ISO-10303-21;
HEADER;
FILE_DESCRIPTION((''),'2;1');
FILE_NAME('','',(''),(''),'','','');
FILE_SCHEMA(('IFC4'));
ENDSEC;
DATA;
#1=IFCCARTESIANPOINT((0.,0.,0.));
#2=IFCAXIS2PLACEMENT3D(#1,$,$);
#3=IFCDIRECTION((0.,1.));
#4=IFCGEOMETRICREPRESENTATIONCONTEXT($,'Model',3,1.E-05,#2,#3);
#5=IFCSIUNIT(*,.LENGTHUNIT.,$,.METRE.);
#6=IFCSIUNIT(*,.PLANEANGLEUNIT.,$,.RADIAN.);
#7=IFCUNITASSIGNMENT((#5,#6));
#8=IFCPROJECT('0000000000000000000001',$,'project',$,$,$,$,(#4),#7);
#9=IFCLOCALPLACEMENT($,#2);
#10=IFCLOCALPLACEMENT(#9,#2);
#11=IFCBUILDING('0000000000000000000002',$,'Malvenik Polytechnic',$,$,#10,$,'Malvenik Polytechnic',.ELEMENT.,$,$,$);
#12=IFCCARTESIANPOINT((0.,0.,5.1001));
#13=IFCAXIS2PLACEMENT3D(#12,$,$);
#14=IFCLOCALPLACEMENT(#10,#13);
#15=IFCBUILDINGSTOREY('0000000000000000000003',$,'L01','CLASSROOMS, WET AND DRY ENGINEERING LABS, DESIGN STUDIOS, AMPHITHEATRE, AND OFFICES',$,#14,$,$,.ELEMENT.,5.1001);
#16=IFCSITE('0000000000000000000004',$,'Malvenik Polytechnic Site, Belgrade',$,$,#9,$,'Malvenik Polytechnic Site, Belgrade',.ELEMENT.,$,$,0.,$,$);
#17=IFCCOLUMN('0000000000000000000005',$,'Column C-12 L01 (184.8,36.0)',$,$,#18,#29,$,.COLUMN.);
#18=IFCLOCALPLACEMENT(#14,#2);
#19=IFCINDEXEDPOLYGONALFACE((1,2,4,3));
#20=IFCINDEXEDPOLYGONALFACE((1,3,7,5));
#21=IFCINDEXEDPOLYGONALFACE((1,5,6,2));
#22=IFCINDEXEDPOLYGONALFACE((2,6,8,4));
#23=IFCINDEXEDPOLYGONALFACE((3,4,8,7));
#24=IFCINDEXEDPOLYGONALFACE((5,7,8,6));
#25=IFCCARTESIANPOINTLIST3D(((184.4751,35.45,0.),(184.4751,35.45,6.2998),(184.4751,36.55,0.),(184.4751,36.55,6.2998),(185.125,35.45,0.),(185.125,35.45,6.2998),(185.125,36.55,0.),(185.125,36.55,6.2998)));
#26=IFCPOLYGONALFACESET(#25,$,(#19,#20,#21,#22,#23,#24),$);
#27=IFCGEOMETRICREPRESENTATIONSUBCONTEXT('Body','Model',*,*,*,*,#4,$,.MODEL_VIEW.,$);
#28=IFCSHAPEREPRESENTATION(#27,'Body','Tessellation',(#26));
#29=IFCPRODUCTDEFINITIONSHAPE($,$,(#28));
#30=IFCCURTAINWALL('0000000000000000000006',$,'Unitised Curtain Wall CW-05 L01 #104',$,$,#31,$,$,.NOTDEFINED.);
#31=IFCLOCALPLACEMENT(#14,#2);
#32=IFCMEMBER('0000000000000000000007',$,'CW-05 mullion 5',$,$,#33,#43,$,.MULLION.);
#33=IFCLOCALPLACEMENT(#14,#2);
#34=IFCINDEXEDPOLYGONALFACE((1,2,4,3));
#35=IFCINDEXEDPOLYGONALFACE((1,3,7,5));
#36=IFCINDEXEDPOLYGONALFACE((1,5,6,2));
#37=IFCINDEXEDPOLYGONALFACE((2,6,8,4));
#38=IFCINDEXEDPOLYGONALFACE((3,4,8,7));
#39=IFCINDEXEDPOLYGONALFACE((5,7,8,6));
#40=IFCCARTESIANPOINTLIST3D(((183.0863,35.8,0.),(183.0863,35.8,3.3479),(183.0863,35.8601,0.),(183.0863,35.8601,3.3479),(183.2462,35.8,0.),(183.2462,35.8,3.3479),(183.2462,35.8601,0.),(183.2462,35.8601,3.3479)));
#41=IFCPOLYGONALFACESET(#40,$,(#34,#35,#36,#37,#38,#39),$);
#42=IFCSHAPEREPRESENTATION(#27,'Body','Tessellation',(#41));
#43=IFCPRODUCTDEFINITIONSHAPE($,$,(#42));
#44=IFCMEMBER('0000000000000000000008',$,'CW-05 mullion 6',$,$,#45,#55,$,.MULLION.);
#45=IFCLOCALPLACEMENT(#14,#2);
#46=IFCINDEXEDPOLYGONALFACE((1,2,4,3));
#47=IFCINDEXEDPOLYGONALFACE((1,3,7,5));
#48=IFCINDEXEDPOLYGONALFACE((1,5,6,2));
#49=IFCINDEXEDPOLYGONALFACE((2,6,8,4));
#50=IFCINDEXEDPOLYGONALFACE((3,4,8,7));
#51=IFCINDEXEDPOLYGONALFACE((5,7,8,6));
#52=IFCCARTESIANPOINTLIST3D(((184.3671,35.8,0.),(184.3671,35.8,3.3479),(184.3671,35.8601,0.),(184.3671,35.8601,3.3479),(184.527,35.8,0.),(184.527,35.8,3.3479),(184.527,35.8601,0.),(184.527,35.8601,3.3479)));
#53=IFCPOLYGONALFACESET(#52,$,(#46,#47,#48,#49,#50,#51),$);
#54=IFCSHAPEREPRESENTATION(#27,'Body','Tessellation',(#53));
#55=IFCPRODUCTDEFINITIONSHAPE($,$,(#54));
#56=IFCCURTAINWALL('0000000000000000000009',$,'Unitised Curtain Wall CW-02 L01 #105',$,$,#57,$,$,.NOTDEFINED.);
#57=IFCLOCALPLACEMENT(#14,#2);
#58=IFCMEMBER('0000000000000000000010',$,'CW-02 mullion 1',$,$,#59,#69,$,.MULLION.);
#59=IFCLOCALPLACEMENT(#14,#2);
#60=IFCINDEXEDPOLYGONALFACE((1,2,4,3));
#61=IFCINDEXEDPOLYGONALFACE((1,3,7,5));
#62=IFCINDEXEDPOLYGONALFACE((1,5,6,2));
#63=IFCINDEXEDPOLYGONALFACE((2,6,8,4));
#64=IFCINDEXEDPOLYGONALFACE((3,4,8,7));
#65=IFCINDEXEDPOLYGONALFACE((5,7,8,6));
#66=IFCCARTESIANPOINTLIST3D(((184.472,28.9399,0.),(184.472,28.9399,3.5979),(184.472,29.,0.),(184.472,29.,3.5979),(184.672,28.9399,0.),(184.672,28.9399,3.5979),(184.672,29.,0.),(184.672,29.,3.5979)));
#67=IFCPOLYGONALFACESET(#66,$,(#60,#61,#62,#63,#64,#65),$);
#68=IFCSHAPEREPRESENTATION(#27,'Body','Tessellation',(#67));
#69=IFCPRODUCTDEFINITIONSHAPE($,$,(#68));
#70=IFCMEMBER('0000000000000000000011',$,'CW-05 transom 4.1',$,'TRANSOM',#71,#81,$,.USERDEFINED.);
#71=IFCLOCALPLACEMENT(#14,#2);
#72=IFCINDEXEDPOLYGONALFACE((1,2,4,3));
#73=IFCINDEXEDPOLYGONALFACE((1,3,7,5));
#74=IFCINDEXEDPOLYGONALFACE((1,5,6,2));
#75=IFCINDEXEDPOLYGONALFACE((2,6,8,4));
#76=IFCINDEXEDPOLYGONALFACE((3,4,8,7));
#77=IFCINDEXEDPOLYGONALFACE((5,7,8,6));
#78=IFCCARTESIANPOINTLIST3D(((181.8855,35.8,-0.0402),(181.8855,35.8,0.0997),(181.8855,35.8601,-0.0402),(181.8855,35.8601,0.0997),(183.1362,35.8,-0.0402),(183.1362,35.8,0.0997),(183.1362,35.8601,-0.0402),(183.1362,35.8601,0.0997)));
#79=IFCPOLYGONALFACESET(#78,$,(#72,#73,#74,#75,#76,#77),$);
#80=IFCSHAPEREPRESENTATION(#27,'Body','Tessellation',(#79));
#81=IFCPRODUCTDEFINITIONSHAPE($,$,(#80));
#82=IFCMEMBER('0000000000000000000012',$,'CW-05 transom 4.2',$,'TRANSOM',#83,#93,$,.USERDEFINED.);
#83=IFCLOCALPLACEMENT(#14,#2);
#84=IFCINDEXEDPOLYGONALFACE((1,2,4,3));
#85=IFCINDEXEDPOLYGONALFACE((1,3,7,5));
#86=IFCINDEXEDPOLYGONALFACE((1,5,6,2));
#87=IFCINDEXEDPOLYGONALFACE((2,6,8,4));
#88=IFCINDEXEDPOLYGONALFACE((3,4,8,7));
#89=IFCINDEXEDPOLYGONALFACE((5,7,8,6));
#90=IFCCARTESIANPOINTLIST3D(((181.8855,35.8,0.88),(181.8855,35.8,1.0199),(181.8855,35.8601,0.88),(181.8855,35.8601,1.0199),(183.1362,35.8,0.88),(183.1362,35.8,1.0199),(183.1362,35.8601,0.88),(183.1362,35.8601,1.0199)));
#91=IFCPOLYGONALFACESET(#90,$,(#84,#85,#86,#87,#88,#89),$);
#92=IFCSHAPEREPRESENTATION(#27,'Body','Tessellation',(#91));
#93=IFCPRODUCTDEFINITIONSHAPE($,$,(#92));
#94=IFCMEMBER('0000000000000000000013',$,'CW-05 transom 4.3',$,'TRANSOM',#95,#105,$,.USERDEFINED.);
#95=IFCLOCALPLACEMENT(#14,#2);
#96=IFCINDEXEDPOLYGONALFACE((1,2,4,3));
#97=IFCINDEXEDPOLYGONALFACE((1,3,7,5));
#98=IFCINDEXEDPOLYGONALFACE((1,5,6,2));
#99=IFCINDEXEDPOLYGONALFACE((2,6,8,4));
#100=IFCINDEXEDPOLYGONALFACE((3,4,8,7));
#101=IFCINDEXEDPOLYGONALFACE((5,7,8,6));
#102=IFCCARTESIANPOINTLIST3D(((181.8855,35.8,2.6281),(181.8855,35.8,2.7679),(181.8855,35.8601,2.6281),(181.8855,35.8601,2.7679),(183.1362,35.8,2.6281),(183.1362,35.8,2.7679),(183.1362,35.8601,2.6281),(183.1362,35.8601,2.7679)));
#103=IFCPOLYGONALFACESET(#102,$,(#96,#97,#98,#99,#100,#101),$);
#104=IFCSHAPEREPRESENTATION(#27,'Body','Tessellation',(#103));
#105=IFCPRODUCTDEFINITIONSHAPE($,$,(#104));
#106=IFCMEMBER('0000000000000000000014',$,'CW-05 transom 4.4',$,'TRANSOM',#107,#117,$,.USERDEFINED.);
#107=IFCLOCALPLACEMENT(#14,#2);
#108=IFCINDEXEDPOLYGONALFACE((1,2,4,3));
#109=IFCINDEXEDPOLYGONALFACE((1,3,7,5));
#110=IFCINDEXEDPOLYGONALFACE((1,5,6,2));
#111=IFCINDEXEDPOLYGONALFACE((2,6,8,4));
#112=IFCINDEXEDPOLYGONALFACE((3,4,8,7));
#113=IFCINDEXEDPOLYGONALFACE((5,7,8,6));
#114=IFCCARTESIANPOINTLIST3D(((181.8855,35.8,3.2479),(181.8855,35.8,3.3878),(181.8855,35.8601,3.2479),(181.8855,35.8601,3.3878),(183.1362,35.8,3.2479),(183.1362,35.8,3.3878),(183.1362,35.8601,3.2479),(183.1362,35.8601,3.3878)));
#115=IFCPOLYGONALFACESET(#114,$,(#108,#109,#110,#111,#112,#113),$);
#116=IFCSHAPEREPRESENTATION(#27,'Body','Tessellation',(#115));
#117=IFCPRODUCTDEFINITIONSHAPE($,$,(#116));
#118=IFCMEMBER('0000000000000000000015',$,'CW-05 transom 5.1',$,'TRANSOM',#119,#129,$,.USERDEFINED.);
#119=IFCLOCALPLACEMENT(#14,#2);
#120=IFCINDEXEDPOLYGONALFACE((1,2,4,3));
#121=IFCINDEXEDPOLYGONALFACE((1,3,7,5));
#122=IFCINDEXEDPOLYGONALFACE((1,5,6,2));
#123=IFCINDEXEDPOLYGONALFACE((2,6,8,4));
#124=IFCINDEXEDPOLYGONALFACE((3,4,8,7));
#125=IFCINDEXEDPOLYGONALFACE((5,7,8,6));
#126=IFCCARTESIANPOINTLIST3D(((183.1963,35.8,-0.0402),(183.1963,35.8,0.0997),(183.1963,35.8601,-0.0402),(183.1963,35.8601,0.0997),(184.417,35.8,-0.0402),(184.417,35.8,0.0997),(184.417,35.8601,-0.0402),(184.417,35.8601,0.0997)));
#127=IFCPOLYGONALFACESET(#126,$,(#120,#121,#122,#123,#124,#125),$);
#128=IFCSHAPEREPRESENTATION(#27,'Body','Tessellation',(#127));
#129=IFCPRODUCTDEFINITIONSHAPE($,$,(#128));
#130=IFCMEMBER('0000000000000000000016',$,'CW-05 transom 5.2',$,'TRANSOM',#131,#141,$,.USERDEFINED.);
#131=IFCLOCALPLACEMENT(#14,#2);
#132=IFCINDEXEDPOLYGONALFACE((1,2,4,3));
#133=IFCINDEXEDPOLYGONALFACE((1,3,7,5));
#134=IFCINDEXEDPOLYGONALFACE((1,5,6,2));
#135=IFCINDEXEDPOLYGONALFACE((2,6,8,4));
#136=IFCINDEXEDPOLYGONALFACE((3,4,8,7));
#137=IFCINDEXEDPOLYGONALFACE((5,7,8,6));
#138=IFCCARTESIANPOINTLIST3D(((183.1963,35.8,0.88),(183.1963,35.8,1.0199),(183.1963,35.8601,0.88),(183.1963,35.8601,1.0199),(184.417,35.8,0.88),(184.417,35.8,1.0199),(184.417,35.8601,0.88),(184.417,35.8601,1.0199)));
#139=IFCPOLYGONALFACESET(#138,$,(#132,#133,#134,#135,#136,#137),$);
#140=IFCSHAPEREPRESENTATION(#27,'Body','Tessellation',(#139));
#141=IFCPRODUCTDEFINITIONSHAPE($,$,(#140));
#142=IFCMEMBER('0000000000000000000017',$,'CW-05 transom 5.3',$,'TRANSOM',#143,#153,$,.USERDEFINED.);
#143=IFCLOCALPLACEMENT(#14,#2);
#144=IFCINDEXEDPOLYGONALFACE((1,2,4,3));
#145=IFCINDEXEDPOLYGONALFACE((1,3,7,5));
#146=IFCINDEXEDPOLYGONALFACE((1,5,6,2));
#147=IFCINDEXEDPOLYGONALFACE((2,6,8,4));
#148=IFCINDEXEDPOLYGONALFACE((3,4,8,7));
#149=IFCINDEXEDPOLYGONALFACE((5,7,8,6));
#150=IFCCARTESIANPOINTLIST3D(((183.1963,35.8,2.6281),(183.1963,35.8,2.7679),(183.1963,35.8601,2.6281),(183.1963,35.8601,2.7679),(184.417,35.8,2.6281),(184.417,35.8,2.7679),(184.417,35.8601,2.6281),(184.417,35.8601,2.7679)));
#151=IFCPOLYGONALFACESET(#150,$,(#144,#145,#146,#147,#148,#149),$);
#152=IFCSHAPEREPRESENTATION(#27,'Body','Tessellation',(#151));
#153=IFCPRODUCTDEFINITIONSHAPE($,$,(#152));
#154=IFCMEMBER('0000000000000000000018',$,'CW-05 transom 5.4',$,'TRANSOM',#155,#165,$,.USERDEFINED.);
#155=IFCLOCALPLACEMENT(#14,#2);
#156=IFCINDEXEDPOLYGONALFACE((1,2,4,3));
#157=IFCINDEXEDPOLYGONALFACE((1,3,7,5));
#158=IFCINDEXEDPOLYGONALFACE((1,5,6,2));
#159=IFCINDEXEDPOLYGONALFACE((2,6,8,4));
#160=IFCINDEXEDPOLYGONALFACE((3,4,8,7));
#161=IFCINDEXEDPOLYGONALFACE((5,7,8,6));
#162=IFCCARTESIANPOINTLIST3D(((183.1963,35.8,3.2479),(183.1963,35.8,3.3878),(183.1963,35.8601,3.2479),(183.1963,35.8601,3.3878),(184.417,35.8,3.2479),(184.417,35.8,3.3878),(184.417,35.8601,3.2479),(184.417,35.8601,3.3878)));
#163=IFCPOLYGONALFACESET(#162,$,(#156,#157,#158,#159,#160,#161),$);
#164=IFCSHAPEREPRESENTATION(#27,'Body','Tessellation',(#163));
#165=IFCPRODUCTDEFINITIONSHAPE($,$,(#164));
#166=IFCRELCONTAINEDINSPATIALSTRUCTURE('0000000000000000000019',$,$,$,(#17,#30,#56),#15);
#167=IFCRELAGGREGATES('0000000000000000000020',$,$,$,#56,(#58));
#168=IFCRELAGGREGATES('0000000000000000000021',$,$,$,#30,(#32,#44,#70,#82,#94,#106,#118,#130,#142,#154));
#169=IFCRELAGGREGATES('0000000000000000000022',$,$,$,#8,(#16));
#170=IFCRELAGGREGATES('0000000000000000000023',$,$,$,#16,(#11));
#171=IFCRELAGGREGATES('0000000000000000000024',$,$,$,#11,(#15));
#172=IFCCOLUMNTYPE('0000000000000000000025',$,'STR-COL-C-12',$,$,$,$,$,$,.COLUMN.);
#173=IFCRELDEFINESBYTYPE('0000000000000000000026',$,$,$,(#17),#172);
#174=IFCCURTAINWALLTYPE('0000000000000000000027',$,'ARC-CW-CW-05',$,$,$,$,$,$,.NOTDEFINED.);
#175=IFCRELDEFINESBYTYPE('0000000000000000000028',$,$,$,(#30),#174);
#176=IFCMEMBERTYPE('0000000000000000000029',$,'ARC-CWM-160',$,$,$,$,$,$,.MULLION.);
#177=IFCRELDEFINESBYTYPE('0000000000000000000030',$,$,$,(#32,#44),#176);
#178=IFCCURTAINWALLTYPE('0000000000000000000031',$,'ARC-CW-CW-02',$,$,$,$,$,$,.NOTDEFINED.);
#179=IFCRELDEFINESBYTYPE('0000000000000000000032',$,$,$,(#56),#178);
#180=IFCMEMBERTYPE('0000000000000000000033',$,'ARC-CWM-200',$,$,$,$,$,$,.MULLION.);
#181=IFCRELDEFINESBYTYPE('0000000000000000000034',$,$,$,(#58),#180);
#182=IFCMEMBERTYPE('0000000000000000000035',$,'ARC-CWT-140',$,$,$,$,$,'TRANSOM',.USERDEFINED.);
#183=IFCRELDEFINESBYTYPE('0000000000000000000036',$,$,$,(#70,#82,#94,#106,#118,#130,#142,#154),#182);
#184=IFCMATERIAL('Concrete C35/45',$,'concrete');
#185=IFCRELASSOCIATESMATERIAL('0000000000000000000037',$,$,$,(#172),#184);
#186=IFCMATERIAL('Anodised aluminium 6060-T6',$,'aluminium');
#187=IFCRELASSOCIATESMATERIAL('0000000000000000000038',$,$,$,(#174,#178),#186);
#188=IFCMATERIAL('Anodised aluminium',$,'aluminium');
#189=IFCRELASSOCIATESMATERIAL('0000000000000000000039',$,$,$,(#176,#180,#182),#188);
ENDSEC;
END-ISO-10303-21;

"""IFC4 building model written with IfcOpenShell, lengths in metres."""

from ifc_helpers import new_model, si_unit, direction, frame, origin, origin_2d, place, context, subcontext, project, spatial, rectangle, extrude, material, material_profile, profile_set, type_object, element, aggregate, save


model = new_model("IFC4")

# Units and contexts
model_context = context("Model", 3, precision=1e-05, world=origin(), true_north=direction((0.0, 1.0)))
body_context = subcontext(model_context, "Body", "Model", "MODEL_VIEW")
ifc_project = project(units=[si_unit("LENGTHUNIT", "METRE"), si_unit("PLANEANGLEUNIT", "RADIAN")], contexts=[model_context])

# Site, building, storey
site_placement = place(None, origin())
site = spatial("IfcSite", under=ifc_project, at=site_placement, Name="Malvenik Polytechnic Site, Belgrade", LongName="Malvenik Polytechnic Site, Belgrade", CompositionType="ELEMENT", RefElevation=0.0)
building_placement = place(site_placement, origin())
building = spatial("IfcBuilding", under=site, at=building_placement, Name="Malvenik Polytechnic", LongName="Malvenik Polytechnic", CompositionType="ELEMENT")
storey_placement = place(building_placement, frame((0.0, 0.0, 5.1001)))
storey = spatial("IfcBuildingStorey", under=building, at=storey_placement, Name="L01", Description="CLASSROOMS, WET AND DRY ENGINEERING LABS, DESIGN STUDIOS, AMPHITHEATRE, AND OFFICES", CompositionType="ELEMENT", Elevation=5.1001)

# Column
ifc_material_1 = material(Name="Concrete C35/45", Category="concrete")
ifc_material_profile_1 = material_profile(ifc_material_1, rectangle(XDim=0.6499, YDim=1.1001, at=origin_2d()), Name="RC COL 1100x650")
ifc_profile_set_1 = profile_set([ifc_material_profile_1], Name="Concrete C35/45")
column_type = type_object("IfcColumnType", Name="STR-COL-C-12", PredefinedType="COLUMN", material=ifc_profile_set_1)
column_placement = place(storey_placement, frame((184.8, 36.0, 0.0), z_axis=(0.0, 0.0, 1.0), x_axis=(1.0, 0.0, 0.0)))
element("IfcColumn", 1, at=column_placement, inside=storey, type_object=column_type, Name="Column C-12 L01 (184.8,36.0)", PredefinedType="COLUMN", context=body_context, shape_type="SweptSolid", body=[
    extrude(rectangle(XDim=0.6499, YDim=1.1001, at=origin_2d()), origin(), (0.0, 0.0, 1.0), 6.2998),
])

# Curtain wall, members
ifc_material_2 = material(Name="Anodised aluminium 6060-T6", Category="aluminium")
curtain_wall_type_1 = type_object("IfcCurtainWallType", Name="ARC-CW-CW-05", PredefinedType="NOTDEFINED", material=ifc_material_2)
curtain_wall_1_placement = place(storey_placement, origin())
curtain_wall_1 = element("IfcCurtainWall", 2, at=curtain_wall_1_placement, inside=storey, type_object=curtain_wall_type_1, Name="Unitised Curtain Wall CW-05 L01 #104", PredefinedType="NOTDEFINED")
ifc_material_3 = material(Name="Anodised aluminium", Category="aluminium")
ifc_material_profile_2 = material_profile(ifc_material_3, rectangle(XDim=0.0601, YDim=0.1599, at=origin_2d()), Name="ALU MULLION 60x160")
ifc_profile_set_2 = profile_set([ifc_material_profile_2], Name="Anodised aluminium")
member_type_1 = type_object("IfcMemberType", Name="ARC-CWM-160", PredefinedType="MULLION", material=ifc_profile_set_2)
member_1_placement = place(storey_placement, frame((183.1663, 35.8301, 0.0), z_axis=(0.0, 0.0, 1.0), x_axis=(0.0, 1.0, 0.0)))
member_1 = element("IfcMember", 3, at=member_1_placement, type_object=member_type_1, Name="CW-05 mullion 5", PredefinedType="MULLION", context=body_context, shape_type="SweptSolid", body=[
    extrude(rectangle(XDim=0.0601, YDim=0.1599, at=origin_2d()), origin(), (0.0, 0.0, 1.0), 3.3479),
])
member_2_placement = place(storey_placement, frame((184.447, 35.8301, 0.0), z_axis=(0.0, 0.0, 1.0), x_axis=(0.0, 1.0, 0.0)))
member_2 = element("IfcMember", 4, at=member_2_placement, type_object=member_type_1, Name="CW-05 mullion 6", PredefinedType="MULLION", context=body_context, shape_type="SweptSolid", body=[
    extrude(rectangle(XDim=0.0601, YDim=0.1599, at=origin_2d()), origin(), (0.0, 0.0, 1.0), 3.3479),
])

# Curtain wall, member
curtain_wall_type_2 = type_object("IfcCurtainWallType", Name="ARC-CW-CW-02", PredefinedType="NOTDEFINED", material=ifc_material_2)
curtain_wall_2_placement = place(storey_placement, origin())
curtain_wall_2 = element("IfcCurtainWall", 5, at=curtain_wall_2_placement, inside=storey, type_object=curtain_wall_type_2, Name="Unitised Curtain Wall CW-02 L01 #105", PredefinedType="NOTDEFINED")
ifc_material_profile_3 = material_profile(ifc_material_3, rectangle(XDim=0.0601, YDim=0.2, at=origin_2d()), Name="ALU MULLION 60x200")
ifc_profile_set_3 = profile_set([ifc_material_profile_3], Name="Anodised aluminium")
member_type_2 = type_object("IfcMemberType", Name="ARC-CWM-200", PredefinedType="MULLION", material=ifc_profile_set_3)
member_3_placement = place(storey_placement, frame((184.572, 28.97, 0.0), z_axis=(0.0, 0.0, 1.0), x_axis=(0.0, -1.0, 0.0)))
member_3 = element("IfcMember", 6, at=member_3_placement, type_object=member_type_2, Name="CW-02 mullion 1", PredefinedType="MULLION", context=body_context, shape_type="SweptSolid", body=[
    extrude(rectangle(XDim=0.0601, YDim=0.2, at=origin_2d()), origin(), (0.0, 0.0, 1.0), 3.5979),
])
aggregate(curtain_wall_2, [member_3])

# Members
ifc_material_profile_4 = material_profile(ifc_material_3, rectangle(XDim=0.0601, YDim=0.1399, at=origin_2d()), Name="ALU TRANSOM 60x140")
ifc_profile_set_4 = profile_set([ifc_material_profile_4], Name="Anodised aluminium")
member_type_3 = type_object("IfcMemberType", Name="ARC-CWT-140", ElementType="TRANSOM", PredefinedType="USERDEFINED", material=ifc_profile_set_4)
member_4_placement = place(storey_placement, frame((181.8855, 35.8301, 0.0298), z_axis=(1.0, 0.0, 0.0), x_axis=(0.0, 1.0, 0.0)))
member_4 = element("IfcMember", 7, at=member_4_placement, type_object=member_type_3, Name="CW-05 transom 4.1", ObjectType="TRANSOM", PredefinedType="USERDEFINED", context=body_context, shape_type="SweptSolid", body=[
    extrude(rectangle(XDim=0.0601, YDim=0.1399, at=origin_2d()), origin(), (0.0, 0.0, 1.0), 1.2507),
])
member_5_placement = place(storey_placement, frame((181.8855, 35.8301, 0.95), z_axis=(1.0, 0.0, 0.0), x_axis=(0.0, 1.0, 0.0)))
member_5 = element("IfcMember", 8, at=member_5_placement, type_object=member_type_3, Name="CW-05 transom 4.2", ObjectType="TRANSOM", PredefinedType="USERDEFINED", context=body_context, shape_type="SweptSolid", body=[
    extrude(rectangle(XDim=0.0601, YDim=0.1399, at=origin_2d()), origin(), (0.0, 0.0, 1.0), 1.2507),
])
member_6_placement = place(storey_placement, frame((181.8855, 35.8301, 2.698), z_axis=(1.0, 0.0, 0.0), x_axis=(0.0, 1.0, 0.0)))
member_6 = element("IfcMember", 9, at=member_6_placement, type_object=member_type_3, Name="CW-05 transom 4.3", ObjectType="TRANSOM", PredefinedType="USERDEFINED", context=body_context, shape_type="SweptSolid", body=[
    extrude(rectangle(XDim=0.0601, YDim=0.1399, at=origin_2d()), origin(), (0.0, 0.0, 1.0), 1.2507),
])
member_7_placement = place(storey_placement, frame((181.8855, 35.8301, 3.3179), z_axis=(1.0, 0.0, 0.0), x_axis=(0.0, 1.0, 0.0)))
member_7 = element("IfcMember", 10, at=member_7_placement, type_object=member_type_3, Name="CW-05 transom 4.4", ObjectType="TRANSOM", PredefinedType="USERDEFINED", context=body_context, shape_type="SweptSolid", body=[
    extrude(rectangle(XDim=0.0601, YDim=0.1399, at=origin_2d()), origin(), (0.0, 0.0, 1.0), 1.2507),
])
member_8_placement = place(storey_placement, frame((183.1963, 35.8301, 0.0298), z_axis=(1.0, 0.0, 0.0), x_axis=(0.0, 1.0, 0.0)))
member_8 = element("IfcMember", 11, at=member_8_placement, type_object=member_type_3, Name="CW-05 transom 5.1", ObjectType="TRANSOM", PredefinedType="USERDEFINED", context=body_context, shape_type="SweptSolid", body=[
    extrude(rectangle(XDim=0.0601, YDim=0.1399, at=origin_2d()), origin(), (0.0, 0.0, 1.0), 1.2207),
])
member_9_placement = place(storey_placement, frame((183.1963, 35.8301, 0.95), z_axis=(1.0, 0.0, 0.0), x_axis=(0.0, 1.0, 0.0)))
member_9 = element("IfcMember", 12, at=member_9_placement, type_object=member_type_3, Name="CW-05 transom 5.2", ObjectType="TRANSOM", PredefinedType="USERDEFINED", context=body_context, shape_type="SweptSolid", body=[
    extrude(rectangle(XDim=0.0601, YDim=0.1399, at=origin_2d()), origin(), (0.0, 0.0, 1.0), 1.2207),
])
member_10_placement = place(storey_placement, frame((183.1963, 35.8301, 2.698), z_axis=(1.0, 0.0, 0.0), x_axis=(0.0, 1.0, 0.0)))
member_10 = element("IfcMember", 13, at=member_10_placement, type_object=member_type_3, Name="CW-05 transom 5.3", ObjectType="TRANSOM", PredefinedType="USERDEFINED", context=body_context, shape_type="SweptSolid", body=[
    extrude(rectangle(XDim=0.0601, YDim=0.1399, at=origin_2d()), origin(), (0.0, 0.0, 1.0), 1.2207),
])
member_11_placement = place(storey_placement, frame((183.1963, 35.8301, 3.3179), z_axis=(1.0, 0.0, 0.0), x_axis=(0.0, 1.0, 0.0)))
member_11 = element("IfcMember", 14, at=member_11_placement, type_object=member_type_3, Name="CW-05 transom 5.4", ObjectType="TRANSOM", PredefinedType="USERDEFINED", context=body_context, shape_type="SweptSolid", body=[
    extrude(rectangle(XDim=0.0601, YDim=0.1399, at=origin_2d()), origin(), (0.0, 0.0, 1.0), 1.2207),
])

aggregate(curtain_wall_1, [member_1, member_2, member_4, member_5, member_6, member_7, member_8, member_9, member_10, member_11])

save(model, "model.ifc")
